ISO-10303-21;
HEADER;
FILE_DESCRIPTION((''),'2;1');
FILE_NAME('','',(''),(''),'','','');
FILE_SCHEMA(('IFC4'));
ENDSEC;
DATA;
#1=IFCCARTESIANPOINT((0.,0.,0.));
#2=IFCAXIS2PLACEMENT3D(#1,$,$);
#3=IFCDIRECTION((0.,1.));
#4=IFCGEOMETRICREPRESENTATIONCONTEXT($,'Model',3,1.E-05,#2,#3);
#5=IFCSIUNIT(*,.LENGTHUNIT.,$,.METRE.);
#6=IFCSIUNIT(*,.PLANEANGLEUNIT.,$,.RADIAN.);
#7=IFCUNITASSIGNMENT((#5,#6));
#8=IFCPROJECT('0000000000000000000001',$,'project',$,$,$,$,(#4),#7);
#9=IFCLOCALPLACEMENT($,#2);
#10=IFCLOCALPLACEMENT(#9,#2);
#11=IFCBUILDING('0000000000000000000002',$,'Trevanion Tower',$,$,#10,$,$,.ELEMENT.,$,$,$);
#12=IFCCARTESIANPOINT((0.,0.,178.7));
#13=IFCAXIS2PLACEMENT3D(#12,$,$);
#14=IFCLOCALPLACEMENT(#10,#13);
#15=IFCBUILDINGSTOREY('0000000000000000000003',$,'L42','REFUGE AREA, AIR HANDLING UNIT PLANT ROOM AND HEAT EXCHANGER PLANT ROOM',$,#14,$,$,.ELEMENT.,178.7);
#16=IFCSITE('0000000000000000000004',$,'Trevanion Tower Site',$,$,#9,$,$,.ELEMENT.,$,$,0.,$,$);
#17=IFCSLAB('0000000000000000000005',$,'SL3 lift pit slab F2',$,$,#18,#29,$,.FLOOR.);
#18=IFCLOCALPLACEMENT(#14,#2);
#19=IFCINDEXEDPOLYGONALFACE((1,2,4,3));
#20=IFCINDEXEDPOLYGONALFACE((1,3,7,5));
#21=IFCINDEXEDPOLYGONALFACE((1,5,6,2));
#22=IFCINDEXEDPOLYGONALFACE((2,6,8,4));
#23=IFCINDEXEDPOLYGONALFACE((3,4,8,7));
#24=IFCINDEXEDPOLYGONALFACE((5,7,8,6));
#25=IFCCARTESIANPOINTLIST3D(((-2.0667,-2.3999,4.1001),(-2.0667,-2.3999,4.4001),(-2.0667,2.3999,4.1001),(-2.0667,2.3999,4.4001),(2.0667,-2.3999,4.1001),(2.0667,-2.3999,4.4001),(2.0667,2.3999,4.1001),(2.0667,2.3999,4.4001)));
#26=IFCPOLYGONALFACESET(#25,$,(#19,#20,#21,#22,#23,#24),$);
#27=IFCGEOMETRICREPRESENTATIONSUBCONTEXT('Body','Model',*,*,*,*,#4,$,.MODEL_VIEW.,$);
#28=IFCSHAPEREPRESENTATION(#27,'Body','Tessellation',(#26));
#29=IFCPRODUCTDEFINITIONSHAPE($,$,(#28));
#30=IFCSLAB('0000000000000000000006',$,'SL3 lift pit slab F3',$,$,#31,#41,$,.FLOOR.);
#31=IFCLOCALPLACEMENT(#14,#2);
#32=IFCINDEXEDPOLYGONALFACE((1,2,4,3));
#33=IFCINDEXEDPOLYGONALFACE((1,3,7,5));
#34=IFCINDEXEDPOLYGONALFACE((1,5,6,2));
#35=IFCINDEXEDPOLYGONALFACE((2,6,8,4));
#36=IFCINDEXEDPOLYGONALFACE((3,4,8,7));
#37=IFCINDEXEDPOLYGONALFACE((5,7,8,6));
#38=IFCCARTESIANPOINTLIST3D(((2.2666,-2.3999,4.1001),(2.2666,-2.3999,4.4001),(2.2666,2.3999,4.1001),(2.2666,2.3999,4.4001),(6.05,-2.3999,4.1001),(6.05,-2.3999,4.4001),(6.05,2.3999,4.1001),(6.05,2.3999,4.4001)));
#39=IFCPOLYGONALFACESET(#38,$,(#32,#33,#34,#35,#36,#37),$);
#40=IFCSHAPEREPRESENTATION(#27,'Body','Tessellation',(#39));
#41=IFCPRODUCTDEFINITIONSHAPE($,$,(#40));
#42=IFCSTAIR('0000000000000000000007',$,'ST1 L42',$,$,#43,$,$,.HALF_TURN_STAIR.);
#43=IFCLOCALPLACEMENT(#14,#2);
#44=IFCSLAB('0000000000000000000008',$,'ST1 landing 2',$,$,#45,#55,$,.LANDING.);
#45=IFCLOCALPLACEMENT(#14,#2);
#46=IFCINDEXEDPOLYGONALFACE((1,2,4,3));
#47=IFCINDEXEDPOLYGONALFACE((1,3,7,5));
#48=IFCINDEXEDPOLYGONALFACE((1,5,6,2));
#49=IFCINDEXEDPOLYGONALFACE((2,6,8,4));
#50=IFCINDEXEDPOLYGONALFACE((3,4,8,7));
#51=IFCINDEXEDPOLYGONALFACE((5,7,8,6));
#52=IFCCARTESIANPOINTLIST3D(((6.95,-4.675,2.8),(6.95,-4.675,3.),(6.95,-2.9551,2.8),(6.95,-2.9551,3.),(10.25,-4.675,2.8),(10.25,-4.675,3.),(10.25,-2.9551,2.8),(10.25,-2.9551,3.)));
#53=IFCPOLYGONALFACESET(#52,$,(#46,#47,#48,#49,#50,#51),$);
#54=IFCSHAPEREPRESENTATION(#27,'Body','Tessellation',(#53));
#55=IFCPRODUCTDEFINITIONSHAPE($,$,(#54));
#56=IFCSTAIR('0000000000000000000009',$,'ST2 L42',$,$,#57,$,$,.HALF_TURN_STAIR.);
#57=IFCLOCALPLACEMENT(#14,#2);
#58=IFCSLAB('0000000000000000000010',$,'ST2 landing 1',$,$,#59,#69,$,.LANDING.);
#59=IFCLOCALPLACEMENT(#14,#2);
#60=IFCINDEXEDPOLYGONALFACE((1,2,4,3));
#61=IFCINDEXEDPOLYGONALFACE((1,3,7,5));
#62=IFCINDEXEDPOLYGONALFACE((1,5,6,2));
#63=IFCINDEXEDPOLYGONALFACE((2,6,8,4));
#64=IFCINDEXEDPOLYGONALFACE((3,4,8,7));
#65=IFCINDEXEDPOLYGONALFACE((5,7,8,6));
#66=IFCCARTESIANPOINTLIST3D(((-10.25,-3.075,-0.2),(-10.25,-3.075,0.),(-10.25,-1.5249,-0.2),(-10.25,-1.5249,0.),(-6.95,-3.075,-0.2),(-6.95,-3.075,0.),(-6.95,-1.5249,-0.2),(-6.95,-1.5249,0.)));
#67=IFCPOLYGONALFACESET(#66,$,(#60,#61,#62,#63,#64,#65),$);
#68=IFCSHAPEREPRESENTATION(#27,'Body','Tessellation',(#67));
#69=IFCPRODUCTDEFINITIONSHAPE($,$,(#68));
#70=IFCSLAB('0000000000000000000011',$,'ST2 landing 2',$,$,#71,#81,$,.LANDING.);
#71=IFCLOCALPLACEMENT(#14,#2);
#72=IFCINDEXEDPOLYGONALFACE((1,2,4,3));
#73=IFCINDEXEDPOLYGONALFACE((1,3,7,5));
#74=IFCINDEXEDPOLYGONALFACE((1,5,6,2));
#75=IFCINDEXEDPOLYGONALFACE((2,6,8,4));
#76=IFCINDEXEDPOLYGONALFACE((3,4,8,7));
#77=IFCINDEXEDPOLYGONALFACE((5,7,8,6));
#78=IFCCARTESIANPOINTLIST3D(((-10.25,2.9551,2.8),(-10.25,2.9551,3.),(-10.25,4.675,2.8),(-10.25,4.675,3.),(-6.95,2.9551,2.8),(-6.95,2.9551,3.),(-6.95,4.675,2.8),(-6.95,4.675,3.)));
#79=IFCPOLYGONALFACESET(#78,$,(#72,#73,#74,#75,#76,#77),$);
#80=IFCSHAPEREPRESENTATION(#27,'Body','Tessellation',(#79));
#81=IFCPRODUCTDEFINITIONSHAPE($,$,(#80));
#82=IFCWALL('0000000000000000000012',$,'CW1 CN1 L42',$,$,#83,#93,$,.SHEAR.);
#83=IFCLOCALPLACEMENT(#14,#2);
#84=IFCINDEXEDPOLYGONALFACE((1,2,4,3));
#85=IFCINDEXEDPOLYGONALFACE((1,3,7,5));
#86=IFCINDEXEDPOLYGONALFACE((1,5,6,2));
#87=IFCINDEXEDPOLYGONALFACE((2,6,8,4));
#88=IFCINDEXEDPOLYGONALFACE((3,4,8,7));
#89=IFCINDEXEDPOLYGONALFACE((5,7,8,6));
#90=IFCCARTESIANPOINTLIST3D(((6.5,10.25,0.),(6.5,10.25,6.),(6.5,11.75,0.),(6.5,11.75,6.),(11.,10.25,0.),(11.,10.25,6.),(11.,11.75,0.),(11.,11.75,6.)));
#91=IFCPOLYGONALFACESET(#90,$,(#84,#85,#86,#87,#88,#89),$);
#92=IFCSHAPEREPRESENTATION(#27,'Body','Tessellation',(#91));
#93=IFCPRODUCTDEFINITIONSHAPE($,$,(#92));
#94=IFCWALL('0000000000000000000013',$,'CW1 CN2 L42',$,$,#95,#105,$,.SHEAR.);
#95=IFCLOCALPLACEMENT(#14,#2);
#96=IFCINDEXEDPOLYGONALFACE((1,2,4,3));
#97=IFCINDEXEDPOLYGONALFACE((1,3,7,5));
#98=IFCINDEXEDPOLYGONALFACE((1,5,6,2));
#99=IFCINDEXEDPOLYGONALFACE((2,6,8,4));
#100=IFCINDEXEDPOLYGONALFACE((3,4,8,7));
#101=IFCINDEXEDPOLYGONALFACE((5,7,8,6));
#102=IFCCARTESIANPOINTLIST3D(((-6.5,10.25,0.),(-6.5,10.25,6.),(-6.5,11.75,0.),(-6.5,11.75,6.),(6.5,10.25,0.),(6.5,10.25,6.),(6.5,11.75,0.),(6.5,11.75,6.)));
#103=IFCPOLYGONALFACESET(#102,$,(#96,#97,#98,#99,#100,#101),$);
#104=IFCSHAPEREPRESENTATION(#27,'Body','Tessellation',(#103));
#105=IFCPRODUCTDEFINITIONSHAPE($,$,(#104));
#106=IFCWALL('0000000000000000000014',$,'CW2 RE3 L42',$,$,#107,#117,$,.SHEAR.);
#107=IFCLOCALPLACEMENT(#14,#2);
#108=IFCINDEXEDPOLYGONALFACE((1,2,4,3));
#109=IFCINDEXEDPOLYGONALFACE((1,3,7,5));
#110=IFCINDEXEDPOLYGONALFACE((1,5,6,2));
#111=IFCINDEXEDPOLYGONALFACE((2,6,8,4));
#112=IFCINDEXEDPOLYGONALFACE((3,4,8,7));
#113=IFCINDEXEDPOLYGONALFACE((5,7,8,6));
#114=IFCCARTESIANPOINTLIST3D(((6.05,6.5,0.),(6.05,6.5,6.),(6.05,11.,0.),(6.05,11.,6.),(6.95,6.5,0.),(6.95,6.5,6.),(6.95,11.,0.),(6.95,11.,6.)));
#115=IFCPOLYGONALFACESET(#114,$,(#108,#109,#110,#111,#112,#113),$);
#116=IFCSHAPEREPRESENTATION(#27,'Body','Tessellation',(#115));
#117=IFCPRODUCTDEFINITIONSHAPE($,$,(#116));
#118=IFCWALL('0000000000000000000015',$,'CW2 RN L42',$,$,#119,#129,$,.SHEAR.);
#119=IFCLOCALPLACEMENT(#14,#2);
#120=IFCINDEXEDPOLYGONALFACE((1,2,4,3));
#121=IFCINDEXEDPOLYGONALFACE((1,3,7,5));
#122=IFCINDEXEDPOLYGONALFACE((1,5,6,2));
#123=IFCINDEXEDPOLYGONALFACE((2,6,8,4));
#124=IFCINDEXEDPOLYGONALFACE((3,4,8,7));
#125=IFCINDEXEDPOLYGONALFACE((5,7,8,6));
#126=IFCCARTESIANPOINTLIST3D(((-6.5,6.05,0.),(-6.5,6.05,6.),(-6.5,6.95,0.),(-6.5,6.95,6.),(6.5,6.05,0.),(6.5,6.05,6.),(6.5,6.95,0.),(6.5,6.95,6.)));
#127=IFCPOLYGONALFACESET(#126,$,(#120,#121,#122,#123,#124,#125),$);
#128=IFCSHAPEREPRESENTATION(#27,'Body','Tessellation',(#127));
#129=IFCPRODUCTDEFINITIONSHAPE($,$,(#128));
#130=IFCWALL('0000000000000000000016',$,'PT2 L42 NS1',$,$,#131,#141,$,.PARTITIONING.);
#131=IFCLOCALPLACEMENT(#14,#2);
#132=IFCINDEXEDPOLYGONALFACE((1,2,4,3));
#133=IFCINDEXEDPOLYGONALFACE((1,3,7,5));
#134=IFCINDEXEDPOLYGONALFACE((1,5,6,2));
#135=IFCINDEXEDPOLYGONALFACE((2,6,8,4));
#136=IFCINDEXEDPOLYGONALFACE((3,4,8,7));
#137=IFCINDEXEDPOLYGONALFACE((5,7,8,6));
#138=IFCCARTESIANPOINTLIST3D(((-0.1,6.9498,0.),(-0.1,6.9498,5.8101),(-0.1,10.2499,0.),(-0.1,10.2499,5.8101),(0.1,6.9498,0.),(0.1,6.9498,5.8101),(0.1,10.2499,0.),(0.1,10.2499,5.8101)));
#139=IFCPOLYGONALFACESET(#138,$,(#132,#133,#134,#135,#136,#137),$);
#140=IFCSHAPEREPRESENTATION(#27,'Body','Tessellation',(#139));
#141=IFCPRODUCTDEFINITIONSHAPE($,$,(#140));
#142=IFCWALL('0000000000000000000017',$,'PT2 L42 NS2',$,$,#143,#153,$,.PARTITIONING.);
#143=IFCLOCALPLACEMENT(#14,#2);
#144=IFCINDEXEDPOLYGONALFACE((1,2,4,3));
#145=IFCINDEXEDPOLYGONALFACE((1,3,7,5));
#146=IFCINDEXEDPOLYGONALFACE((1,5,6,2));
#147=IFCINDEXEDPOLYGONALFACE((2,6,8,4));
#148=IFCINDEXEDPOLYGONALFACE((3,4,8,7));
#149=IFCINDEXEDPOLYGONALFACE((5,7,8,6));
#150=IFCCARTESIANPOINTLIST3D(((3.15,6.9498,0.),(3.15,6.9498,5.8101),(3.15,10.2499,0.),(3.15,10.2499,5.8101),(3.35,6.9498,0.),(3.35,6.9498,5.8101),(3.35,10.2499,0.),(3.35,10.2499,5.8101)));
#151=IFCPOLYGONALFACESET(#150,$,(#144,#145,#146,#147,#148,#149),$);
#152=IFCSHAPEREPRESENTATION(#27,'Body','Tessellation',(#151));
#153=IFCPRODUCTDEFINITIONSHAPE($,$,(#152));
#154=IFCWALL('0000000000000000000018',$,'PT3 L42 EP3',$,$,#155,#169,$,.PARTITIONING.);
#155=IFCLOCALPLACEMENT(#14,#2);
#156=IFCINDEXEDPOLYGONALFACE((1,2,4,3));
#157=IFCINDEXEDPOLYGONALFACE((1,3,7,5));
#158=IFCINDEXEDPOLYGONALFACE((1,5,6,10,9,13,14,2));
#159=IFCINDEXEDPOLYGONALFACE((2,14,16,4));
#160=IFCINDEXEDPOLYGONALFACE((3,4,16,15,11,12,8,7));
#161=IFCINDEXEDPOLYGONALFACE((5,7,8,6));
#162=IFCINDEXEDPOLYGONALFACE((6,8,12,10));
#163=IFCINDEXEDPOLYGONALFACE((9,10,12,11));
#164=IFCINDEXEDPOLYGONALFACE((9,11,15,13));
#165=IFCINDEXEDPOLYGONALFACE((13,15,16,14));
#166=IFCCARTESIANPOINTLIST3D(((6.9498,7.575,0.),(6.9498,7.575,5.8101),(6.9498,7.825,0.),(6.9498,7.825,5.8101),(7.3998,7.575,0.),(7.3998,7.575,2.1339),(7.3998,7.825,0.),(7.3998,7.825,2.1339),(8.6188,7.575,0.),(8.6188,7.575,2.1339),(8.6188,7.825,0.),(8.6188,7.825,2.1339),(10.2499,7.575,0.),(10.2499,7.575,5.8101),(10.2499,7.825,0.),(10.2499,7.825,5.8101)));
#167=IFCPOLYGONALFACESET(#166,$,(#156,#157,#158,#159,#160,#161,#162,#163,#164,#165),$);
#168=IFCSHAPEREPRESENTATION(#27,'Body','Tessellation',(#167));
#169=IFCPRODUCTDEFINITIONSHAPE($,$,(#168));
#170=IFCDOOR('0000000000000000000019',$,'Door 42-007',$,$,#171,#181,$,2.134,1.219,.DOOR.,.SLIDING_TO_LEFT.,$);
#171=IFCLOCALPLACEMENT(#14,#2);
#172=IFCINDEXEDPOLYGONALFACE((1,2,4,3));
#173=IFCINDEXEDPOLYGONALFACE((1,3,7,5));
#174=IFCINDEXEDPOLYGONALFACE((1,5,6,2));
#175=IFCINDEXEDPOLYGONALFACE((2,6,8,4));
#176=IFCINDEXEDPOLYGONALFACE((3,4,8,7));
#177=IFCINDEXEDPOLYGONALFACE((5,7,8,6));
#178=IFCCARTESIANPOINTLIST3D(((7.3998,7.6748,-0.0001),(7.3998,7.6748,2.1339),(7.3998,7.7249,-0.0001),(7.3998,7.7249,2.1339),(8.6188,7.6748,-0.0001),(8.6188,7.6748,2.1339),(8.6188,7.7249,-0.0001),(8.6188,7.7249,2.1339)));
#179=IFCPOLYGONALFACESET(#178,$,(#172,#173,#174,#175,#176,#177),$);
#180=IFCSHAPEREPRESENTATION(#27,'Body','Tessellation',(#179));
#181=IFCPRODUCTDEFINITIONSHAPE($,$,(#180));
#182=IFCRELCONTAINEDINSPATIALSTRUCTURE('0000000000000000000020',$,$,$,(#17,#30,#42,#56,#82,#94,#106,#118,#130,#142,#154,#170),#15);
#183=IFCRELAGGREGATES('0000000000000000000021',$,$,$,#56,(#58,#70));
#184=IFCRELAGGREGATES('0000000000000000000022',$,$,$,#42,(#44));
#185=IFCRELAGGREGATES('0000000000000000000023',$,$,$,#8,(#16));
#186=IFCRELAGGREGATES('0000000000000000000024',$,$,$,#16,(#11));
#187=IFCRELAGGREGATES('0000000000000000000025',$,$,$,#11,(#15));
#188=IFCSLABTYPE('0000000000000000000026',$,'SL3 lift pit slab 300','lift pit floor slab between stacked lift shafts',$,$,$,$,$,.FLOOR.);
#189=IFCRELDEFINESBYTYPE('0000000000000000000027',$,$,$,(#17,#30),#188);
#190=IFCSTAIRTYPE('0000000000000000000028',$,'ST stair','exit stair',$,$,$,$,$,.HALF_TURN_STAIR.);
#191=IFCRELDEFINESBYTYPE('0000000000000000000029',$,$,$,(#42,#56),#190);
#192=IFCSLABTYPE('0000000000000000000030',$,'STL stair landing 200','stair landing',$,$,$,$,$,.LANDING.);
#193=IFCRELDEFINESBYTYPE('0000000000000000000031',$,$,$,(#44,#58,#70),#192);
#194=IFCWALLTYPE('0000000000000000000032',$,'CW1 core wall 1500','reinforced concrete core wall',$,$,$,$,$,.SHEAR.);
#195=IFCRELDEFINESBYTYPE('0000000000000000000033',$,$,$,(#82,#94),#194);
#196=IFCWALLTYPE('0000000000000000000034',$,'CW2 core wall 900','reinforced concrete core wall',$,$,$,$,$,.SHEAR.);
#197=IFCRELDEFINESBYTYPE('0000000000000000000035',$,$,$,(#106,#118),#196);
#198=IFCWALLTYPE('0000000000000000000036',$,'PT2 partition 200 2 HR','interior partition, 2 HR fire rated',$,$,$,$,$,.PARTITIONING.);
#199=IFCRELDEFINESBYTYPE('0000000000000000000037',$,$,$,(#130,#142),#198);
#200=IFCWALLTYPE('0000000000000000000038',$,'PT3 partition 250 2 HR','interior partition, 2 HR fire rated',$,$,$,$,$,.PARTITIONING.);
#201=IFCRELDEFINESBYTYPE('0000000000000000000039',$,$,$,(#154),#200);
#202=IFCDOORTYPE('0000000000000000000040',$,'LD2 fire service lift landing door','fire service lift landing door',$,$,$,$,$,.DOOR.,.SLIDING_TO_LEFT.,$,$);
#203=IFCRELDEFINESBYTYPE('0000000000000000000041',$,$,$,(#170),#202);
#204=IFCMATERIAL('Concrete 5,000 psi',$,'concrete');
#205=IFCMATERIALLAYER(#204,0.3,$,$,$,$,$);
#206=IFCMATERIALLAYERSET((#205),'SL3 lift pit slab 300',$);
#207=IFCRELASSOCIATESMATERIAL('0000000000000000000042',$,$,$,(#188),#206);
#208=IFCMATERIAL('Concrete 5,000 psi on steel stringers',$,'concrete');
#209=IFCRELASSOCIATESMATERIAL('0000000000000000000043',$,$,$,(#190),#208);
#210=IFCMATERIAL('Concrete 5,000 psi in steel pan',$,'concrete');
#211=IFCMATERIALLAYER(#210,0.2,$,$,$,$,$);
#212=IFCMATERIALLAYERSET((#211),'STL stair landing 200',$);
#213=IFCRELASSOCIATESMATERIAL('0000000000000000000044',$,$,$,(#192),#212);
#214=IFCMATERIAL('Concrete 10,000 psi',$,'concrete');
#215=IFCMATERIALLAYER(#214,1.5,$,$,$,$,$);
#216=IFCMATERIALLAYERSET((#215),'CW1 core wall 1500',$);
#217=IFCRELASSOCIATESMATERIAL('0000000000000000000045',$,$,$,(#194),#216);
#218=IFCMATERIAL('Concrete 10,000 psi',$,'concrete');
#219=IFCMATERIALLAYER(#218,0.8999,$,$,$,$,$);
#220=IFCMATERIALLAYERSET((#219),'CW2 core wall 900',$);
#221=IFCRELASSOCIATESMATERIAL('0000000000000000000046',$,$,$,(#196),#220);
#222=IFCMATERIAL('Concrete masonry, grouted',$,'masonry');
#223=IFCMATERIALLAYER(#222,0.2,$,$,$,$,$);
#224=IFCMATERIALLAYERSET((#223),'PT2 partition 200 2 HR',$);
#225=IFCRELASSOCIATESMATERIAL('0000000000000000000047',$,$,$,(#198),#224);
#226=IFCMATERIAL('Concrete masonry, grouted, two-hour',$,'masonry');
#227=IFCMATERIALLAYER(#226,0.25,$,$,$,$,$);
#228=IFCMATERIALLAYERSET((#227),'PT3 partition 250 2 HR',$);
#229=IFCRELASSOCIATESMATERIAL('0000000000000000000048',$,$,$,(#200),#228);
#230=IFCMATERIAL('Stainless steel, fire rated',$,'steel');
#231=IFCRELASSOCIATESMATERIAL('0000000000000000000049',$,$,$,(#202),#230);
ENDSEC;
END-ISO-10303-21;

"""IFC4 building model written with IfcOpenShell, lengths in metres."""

from ifc_helpers import new_model, si_unit, direction, frame, frame_2d, origin, place, context, subcontext, project, spatial, polyline, rectangle, outline, extrude, material, layer, layer_set, type_object, element, fill, aggregate, save


model = new_model("IFC4")

# Units and contexts
model_context = context("Model", 3, precision=1e-05, world=origin(), true_north=direction((0.0, 1.0)))
body_context = subcontext(model_context, "Body", "Model", "MODEL_VIEW")
ifc_project = project(units=[si_unit("LENGTHUNIT", "METRE"), si_unit("PLANEANGLEUNIT", "RADIAN")], contexts=[model_context])

# Site, building, storey
site_placement = place(None, origin())
site = spatial("IfcSite", under=ifc_project, at=site_placement, Name="Trevanion Tower Site", CompositionType="ELEMENT", RefElevation=0.0)
building_placement = place(site_placement, origin())
building = spatial("IfcBuilding", under=site, at=building_placement, Name="Trevanion Tower", CompositionType="ELEMENT")
storey_placement = place(building_placement, frame((0.0, 0.0, 178.7)))
storey = spatial("IfcBuildingStorey", under=building, at=storey_placement, Name="L42", Description="REFUGE AREA, AIR HANDLING UNIT PLANT ROOM AND HEAT EXCHANGER PLANT ROOM", CompositionType="ELEMENT", Elevation=178.7)

# Slabs
ifc_material_1 = material(Name="Concrete 5,000 psi", Category="concrete")
ifc_layer_1 = layer(ifc_material_1, 0.3)
ifc_layer_set_1 = layer_set([ifc_layer_1], Name="SL3 lift pit slab 300")
slab_type_1 = type_object("IfcSlabType", Name="SL3 lift pit slab 300", Description="lift pit floor slab between stacked lift shafts", PredefinedType="FLOOR", material=ifc_layer_set_1)
slab_1_placement = place(storey_placement, frame((0.0, 0.0, 4.1001)))
element("IfcSlab", 1, at=slab_1_placement, inside=storey, type_object=slab_type_1, Name="SL3 lift pit slab F2", PredefinedType="FLOOR", context=body_context, shape_type="SweptSolid", body=[
    extrude(outline(polyline([(-2.0667, -2.3999), (2.0667, -2.3999), (2.0667, 2.3999), (-2.0667, 2.3999), (-2.0667, -2.3999)])), origin(), (0.0, 0.0, 1.0), 0.3),
])
slab_2_placement = place(storey_placement, frame((0.0, 0.0, 4.1001)))
element("IfcSlab", 2, at=slab_2_placement, inside=storey, type_object=slab_type_1, Name="SL3 lift pit slab F3", PredefinedType="FLOOR", context=body_context, shape_type="SweptSolid", body=[
    extrude(outline(polyline([(2.2666, -2.3999), (6.05, -2.3999), (6.05, 2.3999), (2.2666, 2.3999), (2.2666, -2.3999)])), origin(), (0.0, 0.0, 1.0), 0.3),
])

# Stair, slab
ifc_material_2 = material(Name="Concrete 5,000 psi on steel stringers", Category="concrete")
stair_type = type_object("IfcStairType", Name="ST stair", Description="exit stair", PredefinedType="HALF_TURN_STAIR", material=ifc_material_2)
stair_1_placement = place(storey_placement, origin())
stair_1 = element("IfcStair", 3, at=stair_1_placement, inside=storey, type_object=stair_type, Name="ST1 L42", PredefinedType="HALF_TURN_STAIR")
ifc_material_3 = material(Name="Concrete 5,000 psi in steel pan", Category="concrete")
ifc_layer_2 = layer(ifc_material_3, 0.2)
ifc_layer_set_2 = layer_set([ifc_layer_2], Name="STL stair landing 200")
slab_type_2 = type_object("IfcSlabType", Name="STL stair landing 200", Description="stair landing", PredefinedType="LANDING", material=ifc_layer_set_2)
slab_3_placement = place(storey_placement, frame((0.0, 0.0, 2.8)))
slab_3 = element("IfcSlab", 4, at=slab_3_placement, type_object=slab_type_2, Name="ST1 landing 2", PredefinedType="LANDING", context=body_context, shape_type="SweptSolid", body=[
    extrude(outline(polyline([(6.95, -4.675), (10.25, -4.675), (10.25, -2.9551), (6.95, -2.9551), (6.95, -4.675)])), origin(), (0.0, 0.0, 1.0), 0.2),
])

# Stair, slabs
stair_2_placement = place(storey_placement, origin())
stair_2 = element("IfcStair", 5, at=stair_2_placement, inside=storey, type_object=stair_type, Name="ST2 L42", PredefinedType="HALF_TURN_STAIR")
slab_4_placement = place(storey_placement, frame((0.0, 0.0, -0.2)))
slab_4 = element("IfcSlab", 6, at=slab_4_placement, type_object=slab_type_2, Name="ST2 landing 1", PredefinedType="LANDING", context=body_context, shape_type="SweptSolid", body=[
    extrude(outline(polyline([(-6.95, -1.5249), (-10.25, -1.5249), (-10.25, -3.075), (-6.95, -3.075), (-6.95, -1.5249)])), origin(), (0.0, 0.0, 1.0), 0.2),
])
slab_5_placement = place(storey_placement, frame((0.0, 0.0, 2.8)))
slab_5 = element("IfcSlab", 7, at=slab_5_placement, type_object=slab_type_2, Name="ST2 landing 2", PredefinedType="LANDING", context=body_context, shape_type="SweptSolid", body=[
    extrude(outline(polyline([(-6.95, 4.675), (-10.25, 4.675), (-10.25, 2.9551), (-6.95, 2.9551), (-6.95, 4.675)])), origin(), (0.0, 0.0, 1.0), 0.2),
])
aggregate(stair_2, [slab_4, slab_5])

# Walls
ifc_material_4 = material(Name="Concrete 10,000 psi", Category="concrete")
ifc_layer_3 = layer(ifc_material_4, 1.5)
ifc_layer_set_3 = layer_set([ifc_layer_3], Name="CW1 core wall 1500")
wall_type_1 = type_object("IfcWallType", Name="CW1 core wall 1500", Description="reinforced concrete core wall", PredefinedType="SHEAR", material=ifc_layer_set_3)
wall_1_placement = place(storey_placement, frame((11.0, 11.0, 0.0), z_axis=(0.0, 0.0, 1.0), x_axis=(-1.0, 0.0, 0.0)))
element("IfcWall", 8, at=wall_1_placement, inside=storey, type_object=wall_type_1, Name="CW1 CN1 L42", PredefinedType="SHEAR", context=body_context, shape_type="SweptSolid", body=[
    extrude(rectangle(XDim=4.5, YDim=1.5, at=frame_2d((2.25, 0.0))), origin(), (0.0, 0.0, 1.0), 6.0),
])
wall_2_placement = place(storey_placement, frame((6.5, 11.0, 0.0), z_axis=(0.0, 0.0, 1.0), x_axis=(-1.0, 0.0, 0.0)))
element("IfcWall", 9, at=wall_2_placement, inside=storey, type_object=wall_type_1, Name="CW1 CN2 L42", PredefinedType="SHEAR", context=body_context, shape_type="SweptSolid", body=[
    extrude(rectangle(XDim=13.0, YDim=1.5, at=frame_2d((6.5, 0.0))), origin(), (0.0, 0.0, 1.0), 6.0),
])
ifc_material_5 = material(Name="Concrete 10,000 psi", Category="concrete")
ifc_layer_4 = layer(ifc_material_5, 0.8999)
ifc_layer_set_4 = layer_set([ifc_layer_4], Name="CW2 core wall 900")
wall_type_2 = type_object("IfcWallType", Name="CW2 core wall 900", Description="reinforced concrete core wall", PredefinedType="SHEAR", material=ifc_layer_set_4)
wall_3_placement = place(storey_placement, frame((6.5, 6.5, 0.0), z_axis=(0.0, 0.0, 1.0), x_axis=(0.0, 1.0, 0.0)))
element("IfcWall", 10, at=wall_3_placement, inside=storey, type_object=wall_type_2, Name="CW2 RE3 L42", PredefinedType="SHEAR", context=body_context, shape_type="SweptSolid", body=[
    extrude(rectangle(XDim=4.5, YDim=0.8999, at=frame_2d((2.25, 0.0))), origin(), (0.0, 0.0, 1.0), 6.0),
])
wall_4_placement = place(storey_placement, frame((6.5, 6.5, 0.0), z_axis=(0.0, 0.0, 1.0), x_axis=(-1.0, 0.0, 0.0)))
element("IfcWall", 11, at=wall_4_placement, inside=storey, type_object=wall_type_2, Name="CW2 RN L42", PredefinedType="SHEAR", context=body_context, shape_type="SweptSolid", body=[
    extrude(rectangle(XDim=13.0, YDim=0.8999, at=frame_2d((6.5, 0.0))), origin(), (0.0, 0.0, 1.0), 6.0),
])
ifc_material_6 = material(Name="Concrete masonry, grouted", Category="masonry")
ifc_layer_5 = layer(ifc_material_6, 0.2)
ifc_layer_set_5 = layer_set([ifc_layer_5], Name="PT2 partition 200 2 HR")
wall_type_3 = type_object("IfcWallType", Name="PT2 partition 200 2 HR", Description="interior partition, 2 HR fire rated", PredefinedType="PARTITIONING", material=ifc_layer_set_5)
for number, where, z_axis, x_axis, name in (
    (12, (0.0, 6.95, 0.0), (0.0, 0.0, 1.0), (0.0, 1.0, 0.0), "PT2 L42 NS1"),
    (13, (3.25, 6.95, 0.0), (0.0, 0.0, 1.0), (0.0, 1.0, 0.0), "PT2 L42 NS2"),
):
    element("IfcWall", number, at=place(storey_placement, frame(where, z_axis=z_axis, x_axis=x_axis)), inside=storey, type_object=wall_type_3, Name=name, PredefinedType="PARTITIONING", context=body_context, shape_type="SweptSolid", body=[
        extrude(rectangle(XDim=3.3, YDim=0.2, at=frame_2d((1.6499, 0.0))), origin(), (0.0, 0.0, 1.0), 5.8101),
    ])

# Wall, opening, door
ifc_material_7 = material(Name="Concrete masonry, grouted, two-hour", Category="masonry")
ifc_layer_6 = layer(ifc_material_7, 0.25)
ifc_layer_set_6 = layer_set([ifc_layer_6], Name="PT3 partition 250 2 HR")
wall_type_4 = type_object("IfcWallType", Name="PT3 partition 250 2 HR", Description="interior partition, 2 HR fire rated", PredefinedType="PARTITIONING", material=ifc_layer_set_6)
wall_5_placement = place(storey_placement, frame((6.95, 7.7, 0.0), z_axis=(0.0, 0.0, 1.0), x_axis=(1.0, 0.0, 0.0)))
wall_5 = element("IfcWall", 14, at=wall_5_placement, inside=storey, type_object=wall_type_4, Name="PT3 L42 EP3", PredefinedType="PARTITIONING", context=body_context, shape_type="SweptSolid", body=[
    extrude(rectangle(XDim=3.3, YDim=0.25, at=frame_2d((1.6499, 0.0))), origin(), (0.0, 0.0, 1.0), 5.8101),
])
opening_1_placement = place(wall_5_placement, frame((0.45, 0.0, 0.0)))
opening_1 = element("IfcOpeningElement", 15, at=opening_1_placement, cuts=wall_5, PredefinedType="OPENING", context=body_context, shape_type="SweptSolid", body=[
    extrude(rectangle(XDim=1.219, YDim=2.134, at=frame_2d((0.6094, 1.0669))), frame((0.0, 0.135, 0.0), z_axis=(0.0, -1.0, 0.0), x_axis=(1.0, 0.0, 0.0)), (0.0, 0.0, 1.0), 0.27),
])
ifc_material_8 = material(Name="Stainless steel, fire rated", Category="steel")
door_type_1 = type_object("IfcDoorType", Name="LD2 fire service lift landing door", Description="fire service lift landing door", OperationType="SLIDING_TO_LEFT", PredefinedType="DOOR", material=ifc_material_8)
door_1_placement = place(opening_1_placement, origin())
door_1 = element("IfcDoor", 16, at=door_1_placement, inside=storey, type_object=door_type_1, Name="Door 42-007", OperationType="SLIDING_TO_LEFT", OverallHeight=2.134, OverallWidth=1.219, PredefinedType="DOOR", context=body_context, shape_type="SweptSolid", body=[
    extrude(rectangle(XDim=1.219, YDim=2.134, at=frame_2d((0.6094, 1.0669))), frame((0.0, 0.0249, 0.0), z_axis=(0.0, -1.0, 0.0), x_axis=(1.0, 0.0, 0.0)), (0.0, 0.0, 1.0), 0.05),
])
fill(opening_1, door_1)

aggregate(stair_1, [slab_3])

save(model, "model.ifc")
